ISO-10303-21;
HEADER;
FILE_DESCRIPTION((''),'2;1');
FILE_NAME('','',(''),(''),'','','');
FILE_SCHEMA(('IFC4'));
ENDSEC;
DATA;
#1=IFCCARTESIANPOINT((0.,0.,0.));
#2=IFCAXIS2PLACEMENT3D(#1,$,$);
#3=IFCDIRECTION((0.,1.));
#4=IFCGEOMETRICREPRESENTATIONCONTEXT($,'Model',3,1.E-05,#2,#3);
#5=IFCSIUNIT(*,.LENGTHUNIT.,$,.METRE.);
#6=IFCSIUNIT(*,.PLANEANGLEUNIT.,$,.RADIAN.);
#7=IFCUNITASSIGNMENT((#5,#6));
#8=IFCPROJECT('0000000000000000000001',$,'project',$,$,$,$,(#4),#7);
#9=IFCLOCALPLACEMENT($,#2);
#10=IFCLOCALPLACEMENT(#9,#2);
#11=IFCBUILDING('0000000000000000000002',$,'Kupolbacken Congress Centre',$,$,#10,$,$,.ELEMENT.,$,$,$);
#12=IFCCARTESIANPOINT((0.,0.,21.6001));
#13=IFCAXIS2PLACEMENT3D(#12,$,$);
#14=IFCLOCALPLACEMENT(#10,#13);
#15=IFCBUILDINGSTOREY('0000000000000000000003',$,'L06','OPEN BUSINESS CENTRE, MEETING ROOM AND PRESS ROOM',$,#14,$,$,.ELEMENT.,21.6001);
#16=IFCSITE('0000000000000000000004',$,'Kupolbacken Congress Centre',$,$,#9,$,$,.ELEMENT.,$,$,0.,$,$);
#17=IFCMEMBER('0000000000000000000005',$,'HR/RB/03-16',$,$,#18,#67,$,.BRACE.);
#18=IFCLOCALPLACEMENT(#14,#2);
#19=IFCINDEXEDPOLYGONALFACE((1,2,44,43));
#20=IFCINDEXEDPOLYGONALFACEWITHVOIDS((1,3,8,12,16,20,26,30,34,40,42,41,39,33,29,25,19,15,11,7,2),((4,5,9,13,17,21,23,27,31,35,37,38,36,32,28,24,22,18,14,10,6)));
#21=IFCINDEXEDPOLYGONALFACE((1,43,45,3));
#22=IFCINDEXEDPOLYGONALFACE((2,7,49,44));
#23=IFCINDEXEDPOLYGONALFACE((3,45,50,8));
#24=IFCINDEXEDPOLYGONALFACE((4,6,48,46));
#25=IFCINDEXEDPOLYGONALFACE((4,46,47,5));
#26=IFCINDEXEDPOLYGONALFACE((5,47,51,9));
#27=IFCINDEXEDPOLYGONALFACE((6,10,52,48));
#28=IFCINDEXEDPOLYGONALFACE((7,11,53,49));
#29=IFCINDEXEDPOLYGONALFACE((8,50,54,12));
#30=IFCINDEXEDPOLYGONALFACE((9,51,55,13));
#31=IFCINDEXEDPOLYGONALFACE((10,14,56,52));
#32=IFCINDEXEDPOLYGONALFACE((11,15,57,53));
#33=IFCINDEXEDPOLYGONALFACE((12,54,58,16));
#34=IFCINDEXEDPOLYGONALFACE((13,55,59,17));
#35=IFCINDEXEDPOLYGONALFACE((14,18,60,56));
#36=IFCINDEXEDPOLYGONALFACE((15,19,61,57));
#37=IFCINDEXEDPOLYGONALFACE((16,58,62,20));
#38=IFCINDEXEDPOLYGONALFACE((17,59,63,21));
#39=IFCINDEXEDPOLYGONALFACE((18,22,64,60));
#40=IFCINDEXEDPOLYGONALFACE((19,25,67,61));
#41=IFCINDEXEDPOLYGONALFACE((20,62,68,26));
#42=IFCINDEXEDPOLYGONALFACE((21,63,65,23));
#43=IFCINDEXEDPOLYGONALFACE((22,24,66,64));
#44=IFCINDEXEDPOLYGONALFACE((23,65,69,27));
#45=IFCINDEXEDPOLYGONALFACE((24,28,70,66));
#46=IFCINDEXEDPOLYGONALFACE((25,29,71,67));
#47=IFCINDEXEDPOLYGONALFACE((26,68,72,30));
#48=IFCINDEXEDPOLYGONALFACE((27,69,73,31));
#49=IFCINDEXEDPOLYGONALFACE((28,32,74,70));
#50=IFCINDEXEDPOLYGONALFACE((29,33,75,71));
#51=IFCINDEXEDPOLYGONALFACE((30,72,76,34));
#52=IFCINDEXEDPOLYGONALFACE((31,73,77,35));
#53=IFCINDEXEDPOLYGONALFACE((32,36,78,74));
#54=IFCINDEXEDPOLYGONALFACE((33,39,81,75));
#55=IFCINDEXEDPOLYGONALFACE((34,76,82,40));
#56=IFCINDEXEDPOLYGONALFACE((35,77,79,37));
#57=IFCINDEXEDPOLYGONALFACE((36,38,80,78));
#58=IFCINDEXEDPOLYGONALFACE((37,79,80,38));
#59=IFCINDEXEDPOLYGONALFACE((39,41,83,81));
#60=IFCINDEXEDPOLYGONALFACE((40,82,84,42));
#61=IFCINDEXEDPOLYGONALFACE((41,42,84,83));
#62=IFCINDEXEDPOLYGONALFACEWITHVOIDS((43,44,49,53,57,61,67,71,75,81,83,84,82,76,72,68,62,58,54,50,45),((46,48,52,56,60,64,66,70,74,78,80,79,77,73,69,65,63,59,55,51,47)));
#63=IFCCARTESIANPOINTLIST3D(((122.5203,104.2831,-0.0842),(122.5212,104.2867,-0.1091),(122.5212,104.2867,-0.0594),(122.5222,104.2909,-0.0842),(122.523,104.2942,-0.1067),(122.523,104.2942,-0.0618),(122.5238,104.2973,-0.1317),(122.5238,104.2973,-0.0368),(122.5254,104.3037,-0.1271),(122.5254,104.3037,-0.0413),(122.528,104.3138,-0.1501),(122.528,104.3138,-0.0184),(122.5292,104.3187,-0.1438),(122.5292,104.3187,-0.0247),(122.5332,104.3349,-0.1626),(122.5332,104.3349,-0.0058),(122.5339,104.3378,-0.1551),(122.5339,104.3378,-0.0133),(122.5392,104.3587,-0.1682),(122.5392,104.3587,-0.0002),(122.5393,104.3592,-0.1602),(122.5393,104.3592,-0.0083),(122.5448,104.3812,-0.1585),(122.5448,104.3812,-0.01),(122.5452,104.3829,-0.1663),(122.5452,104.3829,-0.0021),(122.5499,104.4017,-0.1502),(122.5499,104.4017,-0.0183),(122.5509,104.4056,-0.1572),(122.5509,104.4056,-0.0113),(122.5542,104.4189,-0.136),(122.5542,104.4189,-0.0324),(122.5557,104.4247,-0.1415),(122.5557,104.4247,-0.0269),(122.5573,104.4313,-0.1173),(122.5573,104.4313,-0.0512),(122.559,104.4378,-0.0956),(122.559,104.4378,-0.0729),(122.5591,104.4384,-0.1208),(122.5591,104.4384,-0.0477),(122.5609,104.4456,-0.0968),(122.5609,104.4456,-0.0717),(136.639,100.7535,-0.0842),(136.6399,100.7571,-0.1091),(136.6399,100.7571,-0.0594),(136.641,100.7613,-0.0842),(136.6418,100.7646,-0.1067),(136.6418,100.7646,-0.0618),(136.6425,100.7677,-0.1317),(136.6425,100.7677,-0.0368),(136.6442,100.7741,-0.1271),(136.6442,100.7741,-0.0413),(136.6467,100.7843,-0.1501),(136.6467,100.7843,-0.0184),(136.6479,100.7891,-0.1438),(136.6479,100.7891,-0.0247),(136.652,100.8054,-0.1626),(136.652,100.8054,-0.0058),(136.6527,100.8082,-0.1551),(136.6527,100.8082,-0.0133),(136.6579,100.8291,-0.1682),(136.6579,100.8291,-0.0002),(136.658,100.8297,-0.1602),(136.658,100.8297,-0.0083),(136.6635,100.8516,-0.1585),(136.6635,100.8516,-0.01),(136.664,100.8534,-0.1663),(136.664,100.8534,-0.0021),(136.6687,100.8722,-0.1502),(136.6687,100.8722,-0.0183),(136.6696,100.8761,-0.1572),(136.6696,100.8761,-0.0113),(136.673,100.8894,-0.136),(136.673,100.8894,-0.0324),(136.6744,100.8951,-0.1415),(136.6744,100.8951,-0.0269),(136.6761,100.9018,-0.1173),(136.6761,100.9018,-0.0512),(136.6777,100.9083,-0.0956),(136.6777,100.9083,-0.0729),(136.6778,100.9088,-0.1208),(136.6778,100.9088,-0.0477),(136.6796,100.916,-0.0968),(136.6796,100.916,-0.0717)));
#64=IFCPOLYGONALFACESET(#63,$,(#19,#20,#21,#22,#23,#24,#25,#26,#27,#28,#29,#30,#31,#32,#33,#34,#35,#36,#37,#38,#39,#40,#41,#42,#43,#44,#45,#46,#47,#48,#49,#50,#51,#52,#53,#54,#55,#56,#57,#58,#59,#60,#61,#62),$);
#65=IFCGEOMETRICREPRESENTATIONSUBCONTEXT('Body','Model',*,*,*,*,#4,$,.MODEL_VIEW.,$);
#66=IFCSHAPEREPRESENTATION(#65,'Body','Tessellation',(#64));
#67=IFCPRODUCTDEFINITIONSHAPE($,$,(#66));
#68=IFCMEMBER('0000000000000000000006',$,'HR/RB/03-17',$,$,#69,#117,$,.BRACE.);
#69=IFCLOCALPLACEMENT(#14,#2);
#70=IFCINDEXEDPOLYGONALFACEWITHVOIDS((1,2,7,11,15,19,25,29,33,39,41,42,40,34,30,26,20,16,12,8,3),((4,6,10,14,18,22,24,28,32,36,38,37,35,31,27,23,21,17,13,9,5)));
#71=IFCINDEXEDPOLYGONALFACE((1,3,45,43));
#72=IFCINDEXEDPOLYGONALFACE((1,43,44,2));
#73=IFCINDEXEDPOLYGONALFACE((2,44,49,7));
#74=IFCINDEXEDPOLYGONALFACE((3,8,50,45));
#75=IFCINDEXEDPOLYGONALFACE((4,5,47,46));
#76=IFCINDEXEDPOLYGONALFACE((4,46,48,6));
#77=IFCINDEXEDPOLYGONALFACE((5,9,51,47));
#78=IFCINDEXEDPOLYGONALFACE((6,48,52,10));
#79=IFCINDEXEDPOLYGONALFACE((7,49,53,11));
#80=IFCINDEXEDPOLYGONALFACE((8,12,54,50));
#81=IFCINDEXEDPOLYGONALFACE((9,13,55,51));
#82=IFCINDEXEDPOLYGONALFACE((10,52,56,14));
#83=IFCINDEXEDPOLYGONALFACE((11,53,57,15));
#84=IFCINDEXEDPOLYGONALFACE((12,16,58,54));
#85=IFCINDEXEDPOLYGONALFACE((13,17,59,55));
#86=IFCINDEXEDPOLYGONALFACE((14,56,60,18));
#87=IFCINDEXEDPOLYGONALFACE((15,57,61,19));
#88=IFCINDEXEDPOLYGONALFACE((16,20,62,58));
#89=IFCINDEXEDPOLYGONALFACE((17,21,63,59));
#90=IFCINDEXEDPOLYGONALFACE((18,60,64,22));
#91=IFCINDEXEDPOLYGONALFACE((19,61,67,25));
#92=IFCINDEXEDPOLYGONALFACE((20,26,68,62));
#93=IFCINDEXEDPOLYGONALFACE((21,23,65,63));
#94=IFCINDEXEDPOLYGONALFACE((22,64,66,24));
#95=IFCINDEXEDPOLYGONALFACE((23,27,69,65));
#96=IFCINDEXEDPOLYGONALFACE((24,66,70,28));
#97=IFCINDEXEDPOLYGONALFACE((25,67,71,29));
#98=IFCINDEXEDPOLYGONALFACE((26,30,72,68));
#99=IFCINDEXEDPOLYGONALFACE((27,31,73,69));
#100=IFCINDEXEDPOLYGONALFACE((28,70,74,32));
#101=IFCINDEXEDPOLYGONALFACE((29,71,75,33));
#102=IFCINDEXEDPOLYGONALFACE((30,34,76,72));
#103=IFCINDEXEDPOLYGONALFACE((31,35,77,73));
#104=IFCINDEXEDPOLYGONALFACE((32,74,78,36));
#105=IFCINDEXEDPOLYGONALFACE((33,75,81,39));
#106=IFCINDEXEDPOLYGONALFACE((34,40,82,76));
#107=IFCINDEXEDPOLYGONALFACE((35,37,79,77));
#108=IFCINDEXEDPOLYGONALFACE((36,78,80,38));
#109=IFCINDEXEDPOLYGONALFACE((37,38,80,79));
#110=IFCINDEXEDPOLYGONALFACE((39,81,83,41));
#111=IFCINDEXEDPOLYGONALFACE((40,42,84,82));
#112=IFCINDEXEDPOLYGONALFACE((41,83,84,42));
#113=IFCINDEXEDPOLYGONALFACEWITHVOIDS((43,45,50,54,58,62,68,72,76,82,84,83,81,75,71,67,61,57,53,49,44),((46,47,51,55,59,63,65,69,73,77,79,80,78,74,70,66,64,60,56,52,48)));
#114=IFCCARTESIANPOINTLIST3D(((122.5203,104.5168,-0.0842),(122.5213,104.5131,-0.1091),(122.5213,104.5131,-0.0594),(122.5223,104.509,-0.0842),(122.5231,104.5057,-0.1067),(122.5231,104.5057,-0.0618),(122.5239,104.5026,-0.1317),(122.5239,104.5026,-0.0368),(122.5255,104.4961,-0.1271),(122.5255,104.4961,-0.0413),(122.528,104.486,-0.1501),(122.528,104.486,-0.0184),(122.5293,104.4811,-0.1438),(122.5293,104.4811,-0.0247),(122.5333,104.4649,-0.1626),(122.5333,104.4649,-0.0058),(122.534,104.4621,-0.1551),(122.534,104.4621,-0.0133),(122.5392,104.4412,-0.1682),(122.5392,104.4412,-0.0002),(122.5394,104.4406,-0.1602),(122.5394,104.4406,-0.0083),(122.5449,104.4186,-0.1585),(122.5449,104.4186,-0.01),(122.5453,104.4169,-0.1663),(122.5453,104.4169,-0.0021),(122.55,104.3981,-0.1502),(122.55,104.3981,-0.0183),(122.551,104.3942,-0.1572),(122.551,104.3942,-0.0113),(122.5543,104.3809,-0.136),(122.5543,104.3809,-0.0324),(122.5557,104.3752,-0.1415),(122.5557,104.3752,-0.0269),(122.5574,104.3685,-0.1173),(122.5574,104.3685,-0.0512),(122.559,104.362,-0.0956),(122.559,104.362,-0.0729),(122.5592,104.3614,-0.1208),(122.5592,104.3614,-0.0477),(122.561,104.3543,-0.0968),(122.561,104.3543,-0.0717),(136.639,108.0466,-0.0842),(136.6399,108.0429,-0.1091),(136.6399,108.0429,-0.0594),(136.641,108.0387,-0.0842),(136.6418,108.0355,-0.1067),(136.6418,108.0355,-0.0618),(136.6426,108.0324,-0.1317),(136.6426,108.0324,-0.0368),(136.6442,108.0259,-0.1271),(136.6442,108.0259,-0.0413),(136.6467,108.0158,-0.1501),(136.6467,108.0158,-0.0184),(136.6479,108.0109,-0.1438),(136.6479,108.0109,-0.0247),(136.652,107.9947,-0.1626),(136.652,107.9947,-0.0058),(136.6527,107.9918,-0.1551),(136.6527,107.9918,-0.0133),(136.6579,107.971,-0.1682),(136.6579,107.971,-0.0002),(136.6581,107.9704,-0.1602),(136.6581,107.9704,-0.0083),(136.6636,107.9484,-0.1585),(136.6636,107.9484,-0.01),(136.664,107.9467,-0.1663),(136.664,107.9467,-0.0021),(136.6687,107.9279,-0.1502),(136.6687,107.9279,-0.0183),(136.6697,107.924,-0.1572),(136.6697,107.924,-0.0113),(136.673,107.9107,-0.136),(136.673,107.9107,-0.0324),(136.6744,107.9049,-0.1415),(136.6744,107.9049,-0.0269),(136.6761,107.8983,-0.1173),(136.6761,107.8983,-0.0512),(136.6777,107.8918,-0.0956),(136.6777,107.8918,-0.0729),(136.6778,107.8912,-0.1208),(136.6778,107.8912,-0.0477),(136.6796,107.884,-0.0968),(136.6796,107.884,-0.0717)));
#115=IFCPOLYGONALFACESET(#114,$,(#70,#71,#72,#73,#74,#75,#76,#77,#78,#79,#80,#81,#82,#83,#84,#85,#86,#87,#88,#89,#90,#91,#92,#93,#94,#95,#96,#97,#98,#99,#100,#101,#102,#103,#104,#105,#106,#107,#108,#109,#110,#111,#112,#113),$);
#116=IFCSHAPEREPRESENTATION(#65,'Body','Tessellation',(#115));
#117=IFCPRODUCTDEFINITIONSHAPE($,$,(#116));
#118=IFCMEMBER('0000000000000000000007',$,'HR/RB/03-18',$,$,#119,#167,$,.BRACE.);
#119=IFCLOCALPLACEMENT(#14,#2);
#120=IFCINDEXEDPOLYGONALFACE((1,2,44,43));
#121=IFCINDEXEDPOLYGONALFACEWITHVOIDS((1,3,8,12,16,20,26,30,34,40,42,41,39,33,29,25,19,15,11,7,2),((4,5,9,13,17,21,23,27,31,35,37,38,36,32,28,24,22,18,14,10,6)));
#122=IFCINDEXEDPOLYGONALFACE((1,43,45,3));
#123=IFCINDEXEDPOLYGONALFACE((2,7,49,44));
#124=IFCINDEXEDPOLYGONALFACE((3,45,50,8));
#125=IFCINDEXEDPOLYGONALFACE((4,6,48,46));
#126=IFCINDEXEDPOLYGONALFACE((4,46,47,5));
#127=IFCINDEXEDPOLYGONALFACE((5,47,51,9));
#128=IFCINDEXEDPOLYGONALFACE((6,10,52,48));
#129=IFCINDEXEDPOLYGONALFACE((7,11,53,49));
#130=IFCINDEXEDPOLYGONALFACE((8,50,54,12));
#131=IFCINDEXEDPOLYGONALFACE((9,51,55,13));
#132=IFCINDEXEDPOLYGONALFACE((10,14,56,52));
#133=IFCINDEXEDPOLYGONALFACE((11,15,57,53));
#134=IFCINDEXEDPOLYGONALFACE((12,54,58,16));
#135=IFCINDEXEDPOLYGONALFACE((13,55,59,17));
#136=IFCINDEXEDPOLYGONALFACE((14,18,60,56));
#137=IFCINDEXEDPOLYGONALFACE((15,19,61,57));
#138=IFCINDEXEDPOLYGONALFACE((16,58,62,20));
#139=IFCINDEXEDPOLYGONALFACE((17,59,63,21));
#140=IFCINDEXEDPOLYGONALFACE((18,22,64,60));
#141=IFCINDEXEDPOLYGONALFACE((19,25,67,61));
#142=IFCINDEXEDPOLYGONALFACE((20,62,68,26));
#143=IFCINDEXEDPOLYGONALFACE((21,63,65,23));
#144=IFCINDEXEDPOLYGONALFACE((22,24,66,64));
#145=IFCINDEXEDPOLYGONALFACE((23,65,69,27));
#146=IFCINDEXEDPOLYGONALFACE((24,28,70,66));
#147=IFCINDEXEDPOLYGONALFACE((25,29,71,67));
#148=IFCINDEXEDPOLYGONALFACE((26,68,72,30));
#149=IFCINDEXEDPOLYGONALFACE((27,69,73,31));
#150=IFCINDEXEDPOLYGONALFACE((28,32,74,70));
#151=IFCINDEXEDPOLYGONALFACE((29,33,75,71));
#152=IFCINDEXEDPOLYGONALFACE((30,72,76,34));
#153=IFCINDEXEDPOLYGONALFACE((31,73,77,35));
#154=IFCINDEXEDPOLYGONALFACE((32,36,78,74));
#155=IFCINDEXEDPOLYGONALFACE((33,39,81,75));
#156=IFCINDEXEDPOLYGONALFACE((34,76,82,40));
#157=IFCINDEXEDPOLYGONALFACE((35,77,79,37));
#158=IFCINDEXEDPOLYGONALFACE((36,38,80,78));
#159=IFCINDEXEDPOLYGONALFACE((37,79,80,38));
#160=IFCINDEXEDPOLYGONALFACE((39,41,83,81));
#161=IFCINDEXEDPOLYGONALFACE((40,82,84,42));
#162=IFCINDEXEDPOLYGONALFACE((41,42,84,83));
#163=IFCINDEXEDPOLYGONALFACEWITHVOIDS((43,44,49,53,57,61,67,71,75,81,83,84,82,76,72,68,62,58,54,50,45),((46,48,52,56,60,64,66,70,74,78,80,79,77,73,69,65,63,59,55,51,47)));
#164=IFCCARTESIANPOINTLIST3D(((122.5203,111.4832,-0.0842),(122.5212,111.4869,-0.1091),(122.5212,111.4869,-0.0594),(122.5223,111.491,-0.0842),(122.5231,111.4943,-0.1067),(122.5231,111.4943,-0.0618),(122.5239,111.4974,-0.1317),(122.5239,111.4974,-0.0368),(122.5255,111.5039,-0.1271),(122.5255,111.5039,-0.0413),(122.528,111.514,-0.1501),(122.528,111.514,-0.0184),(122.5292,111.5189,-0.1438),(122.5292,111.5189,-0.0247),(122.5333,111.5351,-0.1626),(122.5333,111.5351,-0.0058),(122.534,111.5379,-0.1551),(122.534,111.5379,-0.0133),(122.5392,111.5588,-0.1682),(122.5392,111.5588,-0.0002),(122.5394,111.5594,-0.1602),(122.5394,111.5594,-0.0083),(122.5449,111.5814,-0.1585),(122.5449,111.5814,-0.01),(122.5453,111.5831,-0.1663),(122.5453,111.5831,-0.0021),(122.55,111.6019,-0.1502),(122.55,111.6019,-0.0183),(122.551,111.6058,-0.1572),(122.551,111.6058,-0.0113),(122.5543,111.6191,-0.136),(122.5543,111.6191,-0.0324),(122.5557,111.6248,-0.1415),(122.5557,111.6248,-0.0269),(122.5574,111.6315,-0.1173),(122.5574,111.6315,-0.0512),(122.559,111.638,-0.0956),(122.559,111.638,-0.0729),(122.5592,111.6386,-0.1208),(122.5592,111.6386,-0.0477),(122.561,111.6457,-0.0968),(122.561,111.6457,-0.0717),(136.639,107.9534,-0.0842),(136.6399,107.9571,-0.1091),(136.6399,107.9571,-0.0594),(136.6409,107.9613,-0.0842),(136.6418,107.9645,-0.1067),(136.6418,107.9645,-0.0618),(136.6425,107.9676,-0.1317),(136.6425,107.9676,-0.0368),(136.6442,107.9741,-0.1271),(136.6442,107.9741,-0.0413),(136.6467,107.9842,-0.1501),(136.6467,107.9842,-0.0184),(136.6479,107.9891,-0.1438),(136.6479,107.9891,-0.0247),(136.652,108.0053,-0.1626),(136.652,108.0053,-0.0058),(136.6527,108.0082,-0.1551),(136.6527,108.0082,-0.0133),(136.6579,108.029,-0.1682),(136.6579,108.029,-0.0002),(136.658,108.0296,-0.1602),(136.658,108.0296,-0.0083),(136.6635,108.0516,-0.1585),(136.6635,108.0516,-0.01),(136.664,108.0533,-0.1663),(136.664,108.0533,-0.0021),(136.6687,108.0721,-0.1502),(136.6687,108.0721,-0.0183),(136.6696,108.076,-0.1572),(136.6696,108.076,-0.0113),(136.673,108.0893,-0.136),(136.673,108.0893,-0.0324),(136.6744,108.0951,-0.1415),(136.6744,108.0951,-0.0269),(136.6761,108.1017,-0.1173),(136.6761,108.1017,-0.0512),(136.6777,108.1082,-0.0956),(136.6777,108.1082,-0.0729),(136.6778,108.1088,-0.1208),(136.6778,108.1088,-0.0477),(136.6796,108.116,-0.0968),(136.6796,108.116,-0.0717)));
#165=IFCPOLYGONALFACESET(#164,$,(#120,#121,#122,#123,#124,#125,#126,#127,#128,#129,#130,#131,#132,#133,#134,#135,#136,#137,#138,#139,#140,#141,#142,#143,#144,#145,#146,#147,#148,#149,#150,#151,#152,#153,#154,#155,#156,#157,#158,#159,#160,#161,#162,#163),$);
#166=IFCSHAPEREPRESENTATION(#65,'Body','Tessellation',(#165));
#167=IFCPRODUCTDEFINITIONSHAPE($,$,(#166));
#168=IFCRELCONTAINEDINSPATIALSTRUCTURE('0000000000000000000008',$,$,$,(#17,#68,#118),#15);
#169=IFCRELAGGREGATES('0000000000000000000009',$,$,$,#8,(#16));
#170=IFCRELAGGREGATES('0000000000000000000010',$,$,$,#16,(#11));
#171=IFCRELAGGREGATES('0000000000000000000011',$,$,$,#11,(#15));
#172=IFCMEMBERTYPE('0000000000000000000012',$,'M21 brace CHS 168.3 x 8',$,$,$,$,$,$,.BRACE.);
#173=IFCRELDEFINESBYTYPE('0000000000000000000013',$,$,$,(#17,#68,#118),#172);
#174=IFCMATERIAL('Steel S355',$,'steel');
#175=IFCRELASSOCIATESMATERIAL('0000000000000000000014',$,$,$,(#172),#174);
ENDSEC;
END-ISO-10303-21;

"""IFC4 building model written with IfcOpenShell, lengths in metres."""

from ifc_helpers import new_model, si_unit, direction, frame, origin, origin_2d, place, context, subcontext, project, spatial, hollow_circle, extrude, material, material_profile, profile_set, type_object, element, save


model = new_model("IFC4")

# Units and contexts
model_context = context("Model", 3, precision=1e-05, world=origin(), true_north=direction((0.0, 1.0)))
body_context = subcontext(model_context, "Body", "Model", "MODEL_VIEW")
ifc_project = project(units=[si_unit("LENGTHUNIT", "METRE"), si_unit("PLANEANGLEUNIT", "RADIAN")], contexts=[model_context])

# Site, building, storey
site_placement = place(None, origin())
site = spatial("IfcSite", under=ifc_project, at=site_placement, Name="Kupolbacken Congress Centre", CompositionType="ELEMENT", RefElevation=0.0)
building_placement = place(site_placement, origin())
building = spatial("IfcBuilding", under=site, at=building_placement, Name="Kupolbacken Congress Centre", CompositionType="ELEMENT")
storey_placement = place(building_placement, frame((0.0, 0.0, 21.6001)))
storey = spatial("IfcBuildingStorey", under=building, at=storey_placement, Name="L06", Description="OPEN BUSINESS CENTRE, MEETING ROOM AND PRESS ROOM", CompositionType="ELEMENT", Elevation=21.6001)

# Members
ifc_material_1 = material(Name="Steel S355", Category="steel")
ifc_material_profile_1 = material_profile(ifc_material_1, hollow_circle(Radius=0.0842, WallThickness=0.0081, at=origin_2d()), Name="CHS 168.3 x 8")
ifc_profile_set_1 = profile_set([ifc_material_profile_1], Name="Steel S355")
member_type = type_object("IfcMemberType", Name="M21 brace CHS 168.3 x 8", PredefinedType="BRACE", material=ifc_profile_set_1)
for number, where, z_axis, x_axis, name in (
    (1, (136.6594, 100.8352, -0.0842), (-0.970144, 0.242528, 0.0), (-0.242528, -0.970144, 0.0), "HR/RB/03-16"),
    (2, (122.5408, 104.4351, -0.0842), (0.970141, 0.242544, 0.0), (-0.242544, 0.970141, 0.0), "HR/RB/03-17"),
    (3, (136.6594, 108.0352, -0.0842), (-0.970141, 0.242544, 0.0), (-0.242544, -0.970141, 0.0), "HR/RB/03-18"),
):
    element("IfcMember", number, at=place(storey_placement, frame(where, z_axis=z_axis, x_axis=x_axis)), inside=storey, type_object=member_type, Name=name, PredefinedType="BRACE", context=body_context, shape_type="SweptSolid", body=[
        extrude(hollow_circle(Radius=0.0842, WallThickness=0.0081, at=origin_2d()), origin(), (0.0, 0.0, 1.0), 14.5532),
    ])

save(model, "model.ifc")
